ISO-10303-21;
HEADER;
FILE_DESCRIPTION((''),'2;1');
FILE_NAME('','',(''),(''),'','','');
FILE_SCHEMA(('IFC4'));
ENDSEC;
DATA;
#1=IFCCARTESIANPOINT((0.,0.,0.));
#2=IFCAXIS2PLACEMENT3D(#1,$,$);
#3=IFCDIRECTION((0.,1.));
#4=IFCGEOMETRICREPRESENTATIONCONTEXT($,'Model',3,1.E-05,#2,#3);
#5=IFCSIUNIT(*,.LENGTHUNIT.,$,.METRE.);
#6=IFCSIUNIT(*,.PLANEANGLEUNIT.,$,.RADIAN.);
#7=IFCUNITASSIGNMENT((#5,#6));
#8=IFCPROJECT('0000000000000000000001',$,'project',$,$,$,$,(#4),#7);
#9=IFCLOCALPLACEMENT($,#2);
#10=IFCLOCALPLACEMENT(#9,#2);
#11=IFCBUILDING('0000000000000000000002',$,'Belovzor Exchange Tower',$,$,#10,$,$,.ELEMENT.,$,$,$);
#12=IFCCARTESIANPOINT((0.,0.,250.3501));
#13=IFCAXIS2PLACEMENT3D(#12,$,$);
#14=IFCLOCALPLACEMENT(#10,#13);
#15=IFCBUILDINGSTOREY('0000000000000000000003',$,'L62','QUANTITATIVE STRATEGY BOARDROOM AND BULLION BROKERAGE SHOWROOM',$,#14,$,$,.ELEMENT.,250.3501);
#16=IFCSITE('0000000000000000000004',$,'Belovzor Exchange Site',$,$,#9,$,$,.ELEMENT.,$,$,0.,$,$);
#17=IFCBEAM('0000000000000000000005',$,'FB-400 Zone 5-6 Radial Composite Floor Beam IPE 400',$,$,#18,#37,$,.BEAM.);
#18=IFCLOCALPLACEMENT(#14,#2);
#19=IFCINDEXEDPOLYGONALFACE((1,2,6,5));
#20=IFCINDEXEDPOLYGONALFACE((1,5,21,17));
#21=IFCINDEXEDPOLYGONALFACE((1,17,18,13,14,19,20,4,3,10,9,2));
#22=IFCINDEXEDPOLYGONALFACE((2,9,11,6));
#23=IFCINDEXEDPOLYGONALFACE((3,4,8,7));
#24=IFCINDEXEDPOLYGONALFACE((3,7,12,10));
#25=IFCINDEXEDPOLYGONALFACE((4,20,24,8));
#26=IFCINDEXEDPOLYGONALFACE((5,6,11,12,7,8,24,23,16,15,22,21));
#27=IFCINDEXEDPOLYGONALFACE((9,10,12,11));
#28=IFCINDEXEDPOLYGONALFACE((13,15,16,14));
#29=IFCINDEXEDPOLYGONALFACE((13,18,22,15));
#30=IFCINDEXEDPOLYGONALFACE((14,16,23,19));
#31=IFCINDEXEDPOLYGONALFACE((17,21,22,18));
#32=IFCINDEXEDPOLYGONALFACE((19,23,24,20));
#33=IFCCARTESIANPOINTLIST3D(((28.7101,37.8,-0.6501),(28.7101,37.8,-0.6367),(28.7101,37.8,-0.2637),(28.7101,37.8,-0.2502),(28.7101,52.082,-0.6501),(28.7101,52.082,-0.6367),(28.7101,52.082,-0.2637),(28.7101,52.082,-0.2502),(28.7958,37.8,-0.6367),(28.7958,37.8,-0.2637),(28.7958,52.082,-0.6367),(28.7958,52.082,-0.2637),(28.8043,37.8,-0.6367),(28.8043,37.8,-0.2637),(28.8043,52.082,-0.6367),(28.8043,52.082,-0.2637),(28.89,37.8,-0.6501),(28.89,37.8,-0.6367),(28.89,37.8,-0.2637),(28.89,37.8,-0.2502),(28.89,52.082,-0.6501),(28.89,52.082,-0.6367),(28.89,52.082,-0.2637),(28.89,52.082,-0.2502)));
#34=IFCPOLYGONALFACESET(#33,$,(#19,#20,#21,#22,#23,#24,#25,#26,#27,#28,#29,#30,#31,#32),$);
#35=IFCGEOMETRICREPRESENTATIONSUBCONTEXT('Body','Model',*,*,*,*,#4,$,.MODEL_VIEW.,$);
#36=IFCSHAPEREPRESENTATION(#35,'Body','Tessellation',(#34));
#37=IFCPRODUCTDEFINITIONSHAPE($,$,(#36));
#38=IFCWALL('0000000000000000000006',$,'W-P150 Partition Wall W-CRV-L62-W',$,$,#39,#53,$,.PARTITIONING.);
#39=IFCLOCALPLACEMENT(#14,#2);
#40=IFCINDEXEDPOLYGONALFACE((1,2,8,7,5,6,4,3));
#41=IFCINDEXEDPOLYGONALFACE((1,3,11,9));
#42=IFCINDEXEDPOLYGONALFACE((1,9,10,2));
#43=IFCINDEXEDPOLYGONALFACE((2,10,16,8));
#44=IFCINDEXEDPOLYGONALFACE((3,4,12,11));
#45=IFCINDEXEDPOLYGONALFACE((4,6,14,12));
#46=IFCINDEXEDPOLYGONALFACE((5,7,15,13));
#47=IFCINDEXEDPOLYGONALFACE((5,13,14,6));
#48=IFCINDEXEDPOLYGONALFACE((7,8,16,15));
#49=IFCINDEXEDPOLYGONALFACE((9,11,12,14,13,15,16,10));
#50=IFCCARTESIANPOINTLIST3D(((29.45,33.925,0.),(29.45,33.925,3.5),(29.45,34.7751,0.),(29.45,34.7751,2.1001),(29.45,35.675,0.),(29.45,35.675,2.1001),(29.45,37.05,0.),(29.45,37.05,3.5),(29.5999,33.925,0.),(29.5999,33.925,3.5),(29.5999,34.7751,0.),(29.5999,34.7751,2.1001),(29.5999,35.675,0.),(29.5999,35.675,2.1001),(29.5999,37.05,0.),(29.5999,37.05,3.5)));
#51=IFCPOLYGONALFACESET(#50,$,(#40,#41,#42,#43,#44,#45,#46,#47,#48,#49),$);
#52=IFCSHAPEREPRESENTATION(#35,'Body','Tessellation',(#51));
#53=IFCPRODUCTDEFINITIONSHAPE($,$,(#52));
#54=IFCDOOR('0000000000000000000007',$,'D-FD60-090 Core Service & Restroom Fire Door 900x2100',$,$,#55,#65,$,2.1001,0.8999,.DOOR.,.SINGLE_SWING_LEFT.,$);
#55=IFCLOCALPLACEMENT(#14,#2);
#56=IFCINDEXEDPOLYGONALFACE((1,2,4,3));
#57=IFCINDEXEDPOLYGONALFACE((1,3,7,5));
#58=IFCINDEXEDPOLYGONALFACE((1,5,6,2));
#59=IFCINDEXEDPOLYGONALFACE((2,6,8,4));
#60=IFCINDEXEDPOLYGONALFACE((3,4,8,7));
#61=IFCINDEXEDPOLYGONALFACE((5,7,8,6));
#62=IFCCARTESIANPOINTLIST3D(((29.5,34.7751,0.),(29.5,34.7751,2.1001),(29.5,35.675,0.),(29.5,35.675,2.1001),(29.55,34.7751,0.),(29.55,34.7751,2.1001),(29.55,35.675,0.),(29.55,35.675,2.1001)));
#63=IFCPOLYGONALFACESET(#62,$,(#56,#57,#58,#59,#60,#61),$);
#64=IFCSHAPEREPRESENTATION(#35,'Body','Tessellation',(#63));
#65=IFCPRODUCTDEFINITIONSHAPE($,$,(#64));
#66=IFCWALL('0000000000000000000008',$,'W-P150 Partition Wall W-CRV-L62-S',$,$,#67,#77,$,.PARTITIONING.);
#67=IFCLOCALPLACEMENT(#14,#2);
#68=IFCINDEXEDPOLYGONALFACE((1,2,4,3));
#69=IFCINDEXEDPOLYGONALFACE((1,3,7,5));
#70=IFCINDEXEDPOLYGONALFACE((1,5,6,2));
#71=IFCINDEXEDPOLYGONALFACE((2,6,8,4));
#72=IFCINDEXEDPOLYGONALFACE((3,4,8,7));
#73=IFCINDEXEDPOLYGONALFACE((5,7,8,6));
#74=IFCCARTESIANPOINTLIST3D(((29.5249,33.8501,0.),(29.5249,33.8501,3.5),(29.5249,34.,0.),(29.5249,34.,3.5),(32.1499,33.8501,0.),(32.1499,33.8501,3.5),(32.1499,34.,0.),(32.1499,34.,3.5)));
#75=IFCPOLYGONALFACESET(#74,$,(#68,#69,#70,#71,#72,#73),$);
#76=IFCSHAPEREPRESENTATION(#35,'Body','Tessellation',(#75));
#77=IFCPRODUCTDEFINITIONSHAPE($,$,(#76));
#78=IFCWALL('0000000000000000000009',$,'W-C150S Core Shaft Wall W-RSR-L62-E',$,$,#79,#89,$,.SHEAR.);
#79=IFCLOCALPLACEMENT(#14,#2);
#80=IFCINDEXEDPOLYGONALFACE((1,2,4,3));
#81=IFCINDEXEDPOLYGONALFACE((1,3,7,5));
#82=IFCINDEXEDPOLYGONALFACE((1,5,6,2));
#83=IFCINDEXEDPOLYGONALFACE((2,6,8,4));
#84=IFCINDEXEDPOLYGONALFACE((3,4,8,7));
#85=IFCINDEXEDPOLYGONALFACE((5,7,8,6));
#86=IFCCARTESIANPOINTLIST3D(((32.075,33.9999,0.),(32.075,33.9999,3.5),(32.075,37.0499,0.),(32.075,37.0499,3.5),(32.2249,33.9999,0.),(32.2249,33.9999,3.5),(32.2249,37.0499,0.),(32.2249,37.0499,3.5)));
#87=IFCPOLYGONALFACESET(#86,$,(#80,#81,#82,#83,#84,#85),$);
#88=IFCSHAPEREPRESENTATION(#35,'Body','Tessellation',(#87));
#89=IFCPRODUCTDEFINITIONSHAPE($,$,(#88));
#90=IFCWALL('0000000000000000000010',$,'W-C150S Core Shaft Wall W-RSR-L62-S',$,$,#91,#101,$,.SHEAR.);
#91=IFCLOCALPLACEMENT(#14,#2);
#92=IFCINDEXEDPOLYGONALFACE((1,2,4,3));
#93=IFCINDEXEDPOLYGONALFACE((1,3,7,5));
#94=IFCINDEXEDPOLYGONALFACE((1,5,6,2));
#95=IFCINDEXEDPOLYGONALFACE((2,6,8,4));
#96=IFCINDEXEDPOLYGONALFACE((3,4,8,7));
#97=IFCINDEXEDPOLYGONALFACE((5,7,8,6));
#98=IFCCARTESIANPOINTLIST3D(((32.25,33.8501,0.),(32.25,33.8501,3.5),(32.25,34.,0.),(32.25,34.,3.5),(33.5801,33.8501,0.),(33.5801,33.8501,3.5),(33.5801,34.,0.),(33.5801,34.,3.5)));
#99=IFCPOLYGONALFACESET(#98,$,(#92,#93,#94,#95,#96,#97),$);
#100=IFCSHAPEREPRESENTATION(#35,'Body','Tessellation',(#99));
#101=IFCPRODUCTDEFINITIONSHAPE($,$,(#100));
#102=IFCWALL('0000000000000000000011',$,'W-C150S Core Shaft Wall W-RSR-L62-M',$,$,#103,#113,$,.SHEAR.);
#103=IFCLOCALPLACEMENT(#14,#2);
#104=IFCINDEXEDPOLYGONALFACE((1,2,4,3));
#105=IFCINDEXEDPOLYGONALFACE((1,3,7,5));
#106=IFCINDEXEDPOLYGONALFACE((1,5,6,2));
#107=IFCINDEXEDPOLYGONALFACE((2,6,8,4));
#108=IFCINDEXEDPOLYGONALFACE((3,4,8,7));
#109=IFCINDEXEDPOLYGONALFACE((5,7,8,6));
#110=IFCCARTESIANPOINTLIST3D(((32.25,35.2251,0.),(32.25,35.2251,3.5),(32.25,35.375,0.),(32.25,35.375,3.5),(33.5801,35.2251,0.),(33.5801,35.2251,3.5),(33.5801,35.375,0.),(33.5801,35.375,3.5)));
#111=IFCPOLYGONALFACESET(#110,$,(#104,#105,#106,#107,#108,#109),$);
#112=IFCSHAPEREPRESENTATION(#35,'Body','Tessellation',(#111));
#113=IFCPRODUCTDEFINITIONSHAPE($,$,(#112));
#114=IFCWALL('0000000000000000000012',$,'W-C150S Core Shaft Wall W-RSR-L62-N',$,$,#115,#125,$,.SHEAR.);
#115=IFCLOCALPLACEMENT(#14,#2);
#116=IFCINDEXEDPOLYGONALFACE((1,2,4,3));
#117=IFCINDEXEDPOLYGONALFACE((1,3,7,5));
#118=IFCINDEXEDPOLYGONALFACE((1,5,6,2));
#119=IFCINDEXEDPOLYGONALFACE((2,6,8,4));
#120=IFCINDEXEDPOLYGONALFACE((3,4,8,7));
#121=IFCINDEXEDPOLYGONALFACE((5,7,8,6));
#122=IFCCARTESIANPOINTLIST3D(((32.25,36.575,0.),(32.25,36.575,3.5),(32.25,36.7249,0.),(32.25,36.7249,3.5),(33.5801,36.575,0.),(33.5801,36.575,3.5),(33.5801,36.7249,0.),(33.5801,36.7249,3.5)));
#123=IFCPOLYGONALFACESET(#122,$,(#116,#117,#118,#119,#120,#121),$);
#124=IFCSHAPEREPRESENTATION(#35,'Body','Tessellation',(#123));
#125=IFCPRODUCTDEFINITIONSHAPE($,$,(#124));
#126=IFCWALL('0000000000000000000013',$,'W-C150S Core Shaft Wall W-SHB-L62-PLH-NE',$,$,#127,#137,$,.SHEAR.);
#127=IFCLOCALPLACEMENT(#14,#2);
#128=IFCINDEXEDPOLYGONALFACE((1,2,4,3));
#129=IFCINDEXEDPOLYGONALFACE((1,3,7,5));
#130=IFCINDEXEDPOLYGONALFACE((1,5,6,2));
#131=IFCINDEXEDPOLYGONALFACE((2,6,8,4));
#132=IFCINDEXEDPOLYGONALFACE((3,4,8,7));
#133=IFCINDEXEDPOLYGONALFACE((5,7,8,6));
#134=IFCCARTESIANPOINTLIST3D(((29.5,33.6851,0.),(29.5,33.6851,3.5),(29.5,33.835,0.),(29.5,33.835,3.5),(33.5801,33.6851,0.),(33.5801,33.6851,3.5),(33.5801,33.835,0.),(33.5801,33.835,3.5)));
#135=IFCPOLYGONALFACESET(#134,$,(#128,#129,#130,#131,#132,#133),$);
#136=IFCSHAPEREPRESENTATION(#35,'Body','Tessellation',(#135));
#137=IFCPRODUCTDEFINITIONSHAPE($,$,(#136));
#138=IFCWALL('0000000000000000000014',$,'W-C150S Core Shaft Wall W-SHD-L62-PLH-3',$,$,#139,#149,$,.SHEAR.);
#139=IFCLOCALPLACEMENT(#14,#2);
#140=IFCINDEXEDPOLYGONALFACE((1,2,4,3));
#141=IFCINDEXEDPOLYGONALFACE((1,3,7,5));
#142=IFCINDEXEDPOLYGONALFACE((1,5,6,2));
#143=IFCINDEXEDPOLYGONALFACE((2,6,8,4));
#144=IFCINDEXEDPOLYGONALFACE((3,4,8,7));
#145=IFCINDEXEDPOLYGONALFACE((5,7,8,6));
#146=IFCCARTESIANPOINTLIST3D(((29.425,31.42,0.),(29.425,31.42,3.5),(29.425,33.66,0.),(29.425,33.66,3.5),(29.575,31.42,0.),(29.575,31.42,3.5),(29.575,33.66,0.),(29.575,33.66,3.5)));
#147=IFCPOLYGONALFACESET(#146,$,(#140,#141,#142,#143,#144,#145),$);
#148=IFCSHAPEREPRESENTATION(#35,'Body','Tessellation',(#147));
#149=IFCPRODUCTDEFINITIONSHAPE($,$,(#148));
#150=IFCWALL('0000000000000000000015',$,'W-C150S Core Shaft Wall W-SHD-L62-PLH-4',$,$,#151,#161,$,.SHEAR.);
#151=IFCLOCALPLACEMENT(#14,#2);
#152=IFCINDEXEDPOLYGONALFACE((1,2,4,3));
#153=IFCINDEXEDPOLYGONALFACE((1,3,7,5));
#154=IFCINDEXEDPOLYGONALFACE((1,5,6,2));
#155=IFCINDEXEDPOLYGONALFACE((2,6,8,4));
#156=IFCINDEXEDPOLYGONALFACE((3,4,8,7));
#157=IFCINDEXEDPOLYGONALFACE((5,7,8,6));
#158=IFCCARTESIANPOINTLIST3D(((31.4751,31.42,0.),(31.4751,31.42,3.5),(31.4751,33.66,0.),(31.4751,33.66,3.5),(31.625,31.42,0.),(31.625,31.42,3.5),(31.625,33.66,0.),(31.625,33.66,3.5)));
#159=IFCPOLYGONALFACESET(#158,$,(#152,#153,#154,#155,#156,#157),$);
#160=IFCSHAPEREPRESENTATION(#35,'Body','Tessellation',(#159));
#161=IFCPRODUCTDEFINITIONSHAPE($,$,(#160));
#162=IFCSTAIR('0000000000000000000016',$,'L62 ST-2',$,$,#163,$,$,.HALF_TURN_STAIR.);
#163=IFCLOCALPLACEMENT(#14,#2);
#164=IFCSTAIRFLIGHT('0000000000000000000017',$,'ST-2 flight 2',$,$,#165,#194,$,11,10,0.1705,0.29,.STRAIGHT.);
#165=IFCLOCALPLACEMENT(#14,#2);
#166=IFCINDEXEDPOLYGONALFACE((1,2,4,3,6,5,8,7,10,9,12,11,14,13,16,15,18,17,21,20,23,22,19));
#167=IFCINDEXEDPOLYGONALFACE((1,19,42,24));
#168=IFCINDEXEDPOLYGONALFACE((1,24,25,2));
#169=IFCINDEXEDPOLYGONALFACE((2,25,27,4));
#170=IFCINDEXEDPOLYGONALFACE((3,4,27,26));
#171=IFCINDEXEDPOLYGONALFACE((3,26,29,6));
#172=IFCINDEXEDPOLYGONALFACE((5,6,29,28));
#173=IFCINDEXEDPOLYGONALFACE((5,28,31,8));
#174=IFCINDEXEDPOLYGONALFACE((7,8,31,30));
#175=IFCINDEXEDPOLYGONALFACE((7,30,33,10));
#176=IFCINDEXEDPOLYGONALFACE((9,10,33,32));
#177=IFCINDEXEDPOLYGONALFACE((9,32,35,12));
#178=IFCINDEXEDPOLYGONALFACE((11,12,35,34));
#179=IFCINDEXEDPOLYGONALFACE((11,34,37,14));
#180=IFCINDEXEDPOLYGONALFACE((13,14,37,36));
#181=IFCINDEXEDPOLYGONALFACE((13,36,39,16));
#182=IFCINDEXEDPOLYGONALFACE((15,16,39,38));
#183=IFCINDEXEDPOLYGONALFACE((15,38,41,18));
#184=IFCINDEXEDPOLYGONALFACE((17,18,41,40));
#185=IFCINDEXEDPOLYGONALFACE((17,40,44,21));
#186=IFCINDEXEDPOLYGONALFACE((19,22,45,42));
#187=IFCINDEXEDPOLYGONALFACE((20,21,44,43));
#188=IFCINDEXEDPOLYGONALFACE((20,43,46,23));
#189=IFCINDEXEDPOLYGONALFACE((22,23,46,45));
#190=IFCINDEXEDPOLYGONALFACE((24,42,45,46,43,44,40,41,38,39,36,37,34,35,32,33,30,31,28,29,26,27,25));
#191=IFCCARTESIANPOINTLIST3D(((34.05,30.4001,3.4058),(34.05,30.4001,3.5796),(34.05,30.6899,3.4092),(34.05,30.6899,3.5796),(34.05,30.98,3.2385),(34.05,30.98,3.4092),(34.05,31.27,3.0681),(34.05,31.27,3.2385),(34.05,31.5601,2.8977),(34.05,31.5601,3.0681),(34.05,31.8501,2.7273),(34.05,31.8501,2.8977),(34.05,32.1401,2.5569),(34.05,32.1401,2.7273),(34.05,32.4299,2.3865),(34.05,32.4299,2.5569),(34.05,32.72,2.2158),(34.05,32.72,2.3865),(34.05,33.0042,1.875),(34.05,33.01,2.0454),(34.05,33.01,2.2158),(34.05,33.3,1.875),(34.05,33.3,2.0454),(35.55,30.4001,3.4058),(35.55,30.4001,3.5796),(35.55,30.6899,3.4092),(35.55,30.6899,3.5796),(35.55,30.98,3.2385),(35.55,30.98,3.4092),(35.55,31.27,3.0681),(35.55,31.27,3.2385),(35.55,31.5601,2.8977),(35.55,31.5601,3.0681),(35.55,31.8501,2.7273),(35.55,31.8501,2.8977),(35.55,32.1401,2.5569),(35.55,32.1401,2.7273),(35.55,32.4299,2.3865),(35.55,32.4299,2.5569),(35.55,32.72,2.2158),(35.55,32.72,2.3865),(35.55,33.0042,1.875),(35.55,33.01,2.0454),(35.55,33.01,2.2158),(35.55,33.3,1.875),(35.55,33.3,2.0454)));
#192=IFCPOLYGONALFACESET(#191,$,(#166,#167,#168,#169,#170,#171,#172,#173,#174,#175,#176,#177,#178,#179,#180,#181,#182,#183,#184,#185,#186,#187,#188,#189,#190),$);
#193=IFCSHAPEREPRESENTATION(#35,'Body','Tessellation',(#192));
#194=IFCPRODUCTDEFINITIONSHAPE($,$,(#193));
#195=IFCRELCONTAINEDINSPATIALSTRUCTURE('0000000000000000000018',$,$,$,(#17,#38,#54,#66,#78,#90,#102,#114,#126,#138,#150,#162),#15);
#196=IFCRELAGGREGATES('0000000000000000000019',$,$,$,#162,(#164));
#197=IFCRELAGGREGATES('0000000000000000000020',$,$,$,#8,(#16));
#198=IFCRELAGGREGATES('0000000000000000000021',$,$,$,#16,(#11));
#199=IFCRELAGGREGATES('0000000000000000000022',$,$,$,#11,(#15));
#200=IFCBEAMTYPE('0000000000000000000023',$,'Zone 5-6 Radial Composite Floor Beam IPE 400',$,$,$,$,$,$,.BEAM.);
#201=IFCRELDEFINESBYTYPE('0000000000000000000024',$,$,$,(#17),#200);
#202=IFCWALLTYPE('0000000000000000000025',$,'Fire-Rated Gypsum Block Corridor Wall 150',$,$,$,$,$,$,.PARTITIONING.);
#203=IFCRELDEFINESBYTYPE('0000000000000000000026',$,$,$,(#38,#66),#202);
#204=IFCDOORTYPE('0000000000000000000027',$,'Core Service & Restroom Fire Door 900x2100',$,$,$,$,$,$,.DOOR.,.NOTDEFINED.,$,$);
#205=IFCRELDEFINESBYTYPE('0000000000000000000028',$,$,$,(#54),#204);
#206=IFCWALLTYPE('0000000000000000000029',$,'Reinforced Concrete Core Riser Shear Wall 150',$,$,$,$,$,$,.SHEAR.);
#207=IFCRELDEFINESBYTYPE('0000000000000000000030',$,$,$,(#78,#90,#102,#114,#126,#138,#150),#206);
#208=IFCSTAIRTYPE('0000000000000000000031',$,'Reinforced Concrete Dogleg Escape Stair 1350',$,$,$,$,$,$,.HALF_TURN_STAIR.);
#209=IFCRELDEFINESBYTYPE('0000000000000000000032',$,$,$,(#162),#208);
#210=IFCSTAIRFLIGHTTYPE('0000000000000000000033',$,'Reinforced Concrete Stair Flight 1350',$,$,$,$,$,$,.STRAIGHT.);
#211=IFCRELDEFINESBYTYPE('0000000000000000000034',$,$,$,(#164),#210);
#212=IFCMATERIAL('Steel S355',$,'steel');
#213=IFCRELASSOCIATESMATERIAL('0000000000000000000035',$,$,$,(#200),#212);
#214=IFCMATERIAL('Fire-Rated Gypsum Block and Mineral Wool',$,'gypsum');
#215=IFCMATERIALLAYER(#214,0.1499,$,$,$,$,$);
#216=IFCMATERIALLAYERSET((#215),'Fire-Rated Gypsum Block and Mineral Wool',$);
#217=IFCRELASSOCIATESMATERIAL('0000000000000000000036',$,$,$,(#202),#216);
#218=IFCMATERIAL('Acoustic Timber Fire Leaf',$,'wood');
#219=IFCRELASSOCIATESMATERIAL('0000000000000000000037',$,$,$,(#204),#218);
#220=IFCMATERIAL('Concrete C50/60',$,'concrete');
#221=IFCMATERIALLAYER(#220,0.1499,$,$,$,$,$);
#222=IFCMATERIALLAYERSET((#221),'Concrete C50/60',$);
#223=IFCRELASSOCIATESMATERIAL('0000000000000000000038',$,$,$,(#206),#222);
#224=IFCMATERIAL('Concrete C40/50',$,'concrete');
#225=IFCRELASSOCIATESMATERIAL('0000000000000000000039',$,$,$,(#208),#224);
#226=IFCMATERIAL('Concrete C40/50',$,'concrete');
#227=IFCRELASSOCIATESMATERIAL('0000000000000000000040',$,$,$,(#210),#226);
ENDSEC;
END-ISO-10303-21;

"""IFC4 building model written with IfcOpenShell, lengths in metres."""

from ifc_helpers import new_model, si_unit, direction, frame, frame_2d, origin, origin_2d, place, context, subcontext, project, spatial, polyline, rectangle, i_section, outline, extrude, material, layer, layer_set, material_profile, profile_set, type_object, element, fill, aggregate, save


model = new_model("IFC4")

# Units and contexts
model_context = context("Model", 3, precision=1e-05, world=origin(), true_north=direction((0.0, 1.0)))
body_context = subcontext(model_context, "Body", "Model", "MODEL_VIEW")
ifc_project = project(units=[si_unit("LENGTHUNIT", "METRE"), si_unit("PLANEANGLEUNIT", "RADIAN")], contexts=[model_context])

# Site, building, storey
site_placement = place(None, origin())
site = spatial("IfcSite", under=ifc_project, at=site_placement, Name="Belovzor Exchange Site", CompositionType="ELEMENT", RefElevation=0.0)
building_placement = place(site_placement, origin())
building = spatial("IfcBuilding", under=site, at=building_placement, Name="Belovzor Exchange Tower", CompositionType="ELEMENT")
storey_placement = place(building_placement, frame((0.0, 0.0, 250.3501)))
storey = spatial("IfcBuildingStorey", under=building, at=storey_placement, Name="L62", Description="QUANTITATIVE STRATEGY BOARDROOM AND BULLION BROKERAGE SHOWROOM", CompositionType="ELEMENT", Elevation=250.3501)

# Beam
ifc_material_1 = material(Name="Steel S355", Category="steel")
ifc_material_profile = material_profile(ifc_material_1, i_section(OverallWidth=0.1799, OverallDepth=0.3999, WebThickness=0.0085, FlangeThickness=0.0134, at=origin_2d()))
ifc_profile_set = profile_set([ifc_material_profile], Name="Steel S355")
beam_type = type_object("IfcBeamType", Name="Zone 5-6 Radial Composite Floor Beam IPE 400", PredefinedType="BEAM", material=ifc_profile_set)
beam_placement = place(storey_placement, frame((28.8, 37.8, -0.4502), z_axis=(0.0, 1.0, 0.0), x_axis=(-1.0, 0.0, 0.0)))
element("IfcBeam", 1, at=beam_placement, inside=storey, type_object=beam_type, Name="FB-400 Zone 5-6 Radial Composite Floor Beam IPE 400", PredefinedType="BEAM", context=body_context, shape_type="SweptSolid", body=[
    extrude(i_section(OverallWidth=0.1799, OverallDepth=0.3999, WebThickness=0.0085, FlangeThickness=0.0134, at=origin_2d()), origin(), (0.0, 0.0, 1.0), 14.282),
])

# Wall, opening, door
ifc_material_2 = material(Name="Fire-Rated Gypsum Block and Mineral Wool", Category="gypsum")
ifc_layer_1 = layer(ifc_material_2, 0.1499)
ifc_layer_set_1 = layer_set([ifc_layer_1], Name="Fire-Rated Gypsum Block and Mineral Wool")
wall_type_1 = type_object("IfcWallType", Name="Fire-Rated Gypsum Block Corridor Wall 150", PredefinedType="PARTITIONING", material=ifc_layer_set_1)
wall_1_placement = place(storey_placement, frame((29.5249, 33.925, 0.0), z_axis=(0.0, 0.0, 1.0), x_axis=(0.0, 1.0, 0.0)))
wall_1 = element("IfcWall", 2, at=wall_1_placement, inside=storey, type_object=wall_type_1, Name="W-P150 Partition Wall W-CRV-L62-W", PredefinedType="PARTITIONING", context=body_context, shape_type="SweptSolid", body=[
    extrude(rectangle(XDim=3.125, YDim=0.1499, at=frame_2d((1.5625, 0.0))), origin(), (0.0, 0.0, 1.0), 3.5),
])
opening_1_placement = place(wall_1_placement, frame((0.8501, 0.0, 0.0)))
opening_1 = element("IfcOpeningElement", 3, at=opening_1_placement, cuts=wall_1, PredefinedType="OPENING", context=body_context, shape_type="SweptSolid", body=[
    extrude(rectangle(XDim=0.8999, YDim=2.1001, at=frame_2d((0.45, 1.05))), frame((0.0, 0.085, 0.0), z_axis=(0.0, -1.0, 0.0), x_axis=(1.0, 0.0, 0.0)), (0.0, 0.0, 1.0), 0.1699),
])
ifc_material_3 = material(Name="Acoustic Timber Fire Leaf", Category="wood")
door_type_1 = type_object("IfcDoorType", Name="Core Service & Restroom Fire Door 900x2100", OperationType="NOTDEFINED", PredefinedType="DOOR", material=ifc_material_3)
door_1_placement = place(opening_1_placement, origin())
door_1 = element("IfcDoor", 4, at=door_1_placement, inside=storey, type_object=door_type_1, Name="D-FD60-090 Core Service & Restroom Fire Door 900x2100", OperationType="SINGLE_SWING_LEFT", OverallHeight=2.1001, OverallWidth=0.8999, PredefinedType="DOOR", context=body_context, shape_type="SweptSolid", body=[
    extrude(rectangle(XDim=0.8999, YDim=2.1001, at=frame_2d((0.45, 1.05))), frame((0.0, 0.0249, 0.0), z_axis=(0.0, -1.0, 0.0), x_axis=(1.0, 0.0, 0.0)), (0.0, 0.0, 1.0), 0.05),
])
fill(opening_1, door_1)

# Walls
wall_2_placement = place(storey_placement, frame((29.5249, 33.925, 0.0), z_axis=(0.0, 0.0, 1.0), x_axis=(1.0, 0.0, 0.0)))
element("IfcWall", 5, at=wall_2_placement, inside=storey, type_object=wall_type_1, Name="W-P150 Partition Wall W-CRV-L62-S", PredefinedType="PARTITIONING", context=body_context, shape_type="SweptSolid", body=[
    extrude(rectangle(XDim=2.625, YDim=0.1499, at=frame_2d((1.3125, 0.0))), origin(), (0.0, 0.0, 1.0), 3.5),
])
ifc_material_4 = material(Name="Concrete C50/60", Category="concrete")
ifc_layer_2 = layer(ifc_material_4, 0.1499)
ifc_layer_set_2 = layer_set([ifc_layer_2], Name="Concrete C50/60")
wall_type_2 = type_object("IfcWallType", Name="Reinforced Concrete Core Riser Shear Wall 150", PredefinedType="SHEAR", material=ifc_layer_set_2)
wall_3_placement = place(storey_placement, frame((32.1499, 34.0, 0.0), z_axis=(0.0, 0.0, 1.0), x_axis=(0.0, 1.0, 0.0)))
element("IfcWall", 6, at=wall_3_placement, inside=storey, type_object=wall_type_2, Name="W-C150S Core Shaft Wall W-RSR-L62-E", PredefinedType="SHEAR", context=body_context, shape_type="SweptSolid", body=[
    extrude(rectangle(XDim=3.05, YDim=0.1499, at=frame_2d((1.5249, 0.0))), origin(), (0.0, 0.0, 1.0), 3.5),
])
for number, where, z_axis, x_axis, name in (
    (7, (32.25, 33.925, 0.0), (0.0, 0.0, 1.0), (1.0, 0.0, 0.0), "W-C150S Core Shaft Wall W-RSR-L62-S"),
    (8, (32.25, 35.3, 0.0), (0.0, 0.0, 1.0), (1.0, 0.0, 0.0), "W-C150S Core Shaft Wall W-RSR-L62-M"),
    (9, (32.25, 36.6499, 0.0), (0.0, 0.0, 1.0), (1.0, 0.0, 0.0), "W-C150S Core Shaft Wall W-RSR-L62-N"),
):
    element("IfcWall", number, at=place(storey_placement, frame(where, z_axis=z_axis, x_axis=x_axis)), inside=storey, type_object=wall_type_2, Name=name, PredefinedType="SHEAR", context=body_context, shape_type="SweptSolid", body=[
        extrude(rectangle(XDim=1.3301, YDim=0.1499, at=frame_2d((0.665, 0.0))), origin(), (0.0, 0.0, 1.0), 3.5),
    ])
wall_4_placement = place(storey_placement, frame((29.5, 33.76, 0.0), z_axis=(0.0, 0.0, 1.0), x_axis=(1.0, 0.0, 0.0)))
element("IfcWall", 10, at=wall_4_placement, inside=storey, type_object=wall_type_2, Name="W-C150S Core Shaft Wall W-SHB-L62-PLH-NE", PredefinedType="SHEAR", context=body_context, shape_type="SweptSolid", body=[
    extrude(rectangle(XDim=4.0801, YDim=0.1499, at=frame_2d((2.04, 0.0))), origin(), (0.0, 0.0, 1.0), 3.5),
])
for number, where, z_axis, x_axis, name in (
    (11, (29.5, 31.4199, 0.0), (0.0, 0.0, 1.0), (0.0, 1.0, 0.0), "W-C150S Core Shaft Wall W-SHD-L62-PLH-3"),
    (12, (31.55, 31.4199, 0.0), (0.0, 0.0, 1.0), (0.0, 1.0, 0.0), "W-C150S Core Shaft Wall W-SHD-L62-PLH-4"),
):
    element("IfcWall", number, at=place(storey_placement, frame(where, z_axis=z_axis, x_axis=x_axis)), inside=storey, type_object=wall_type_2, Name=name, PredefinedType="SHEAR", context=body_context, shape_type="SweptSolid", body=[
        extrude(rectangle(XDim=2.24, YDim=0.1499, at=frame_2d((1.1201, 0.0))), origin(), (0.0, 0.0, 1.0), 3.5),
    ])

# Stair, stair flight
ifc_material_5 = material(Name="Concrete C40/50", Category="concrete")
stair_type = type_object("IfcStairType", Name="Reinforced Concrete Dogleg Escape Stair 1350", PredefinedType="HALF_TURN_STAIR", material=ifc_material_5)
stair_placement = place(storey_placement, origin())
stair = element("IfcStair", 13, at=stair_placement, inside=storey, type_object=stair_type, Name="L62 ST-2", PredefinedType="HALF_TURN_STAIR")
ifc_material_6 = material(Name="Concrete C40/50", Category="concrete")
stair_flight_type = type_object("IfcStairFlightType", Name="Reinforced Concrete Stair Flight 1350", PredefinedType="STRAIGHT", material=ifc_material_6)
stair_flight_placement = place(storey_placement, frame((34.8, 33.3, 1.875), z_axis=(0.0, 0.0, 1.0), x_axis=(0.0, -1.0, 0.0)))
stair_flight = element("IfcStairFlight", 14, at=stair_flight_placement, type_object=stair_flight_type, Name="ST-2 flight 2", NumberOfRisers=11, NumberOfTreads=10, PredefinedType="STRAIGHT", RiserHeight=0.1705, TreadLength=0.29, context=body_context, shape_type="SweptSolid", body=[
    extrude(outline(polyline([(0.0, 0.0), (0.0, 0.1704), (0.29, 0.1704), (0.29, 0.3408), (0.5801, 0.3408), (0.5801, 0.5115), (0.8701, 0.5115), (0.8701, 0.6819), (1.1599, 0.6819), (1.1599, 0.8523), (1.45, 0.8523), (1.45, 1.0227), (1.74, 1.0227), (1.74, 1.1931), (2.03, 1.1931), (2.03, 1.3635), (2.3201, 1.3635), (2.3201, 1.5342), (2.6101, 1.5342), (2.6101, 1.7046), (2.8999, 1.7046), (2.8999, 1.875), (2.8999, 1.5308), (0.2959, 0.0), (0.0, 0.0)])), frame((0.0, 0.75, 0.0), z_axis=(0.0, -1.0, 0.0), x_axis=(1.0, 0.0, 0.0)), (0.0, 0.0, 1.0), 1.5),
])
aggregate(stair, [stair_flight])

save(model, "model.ifc")
